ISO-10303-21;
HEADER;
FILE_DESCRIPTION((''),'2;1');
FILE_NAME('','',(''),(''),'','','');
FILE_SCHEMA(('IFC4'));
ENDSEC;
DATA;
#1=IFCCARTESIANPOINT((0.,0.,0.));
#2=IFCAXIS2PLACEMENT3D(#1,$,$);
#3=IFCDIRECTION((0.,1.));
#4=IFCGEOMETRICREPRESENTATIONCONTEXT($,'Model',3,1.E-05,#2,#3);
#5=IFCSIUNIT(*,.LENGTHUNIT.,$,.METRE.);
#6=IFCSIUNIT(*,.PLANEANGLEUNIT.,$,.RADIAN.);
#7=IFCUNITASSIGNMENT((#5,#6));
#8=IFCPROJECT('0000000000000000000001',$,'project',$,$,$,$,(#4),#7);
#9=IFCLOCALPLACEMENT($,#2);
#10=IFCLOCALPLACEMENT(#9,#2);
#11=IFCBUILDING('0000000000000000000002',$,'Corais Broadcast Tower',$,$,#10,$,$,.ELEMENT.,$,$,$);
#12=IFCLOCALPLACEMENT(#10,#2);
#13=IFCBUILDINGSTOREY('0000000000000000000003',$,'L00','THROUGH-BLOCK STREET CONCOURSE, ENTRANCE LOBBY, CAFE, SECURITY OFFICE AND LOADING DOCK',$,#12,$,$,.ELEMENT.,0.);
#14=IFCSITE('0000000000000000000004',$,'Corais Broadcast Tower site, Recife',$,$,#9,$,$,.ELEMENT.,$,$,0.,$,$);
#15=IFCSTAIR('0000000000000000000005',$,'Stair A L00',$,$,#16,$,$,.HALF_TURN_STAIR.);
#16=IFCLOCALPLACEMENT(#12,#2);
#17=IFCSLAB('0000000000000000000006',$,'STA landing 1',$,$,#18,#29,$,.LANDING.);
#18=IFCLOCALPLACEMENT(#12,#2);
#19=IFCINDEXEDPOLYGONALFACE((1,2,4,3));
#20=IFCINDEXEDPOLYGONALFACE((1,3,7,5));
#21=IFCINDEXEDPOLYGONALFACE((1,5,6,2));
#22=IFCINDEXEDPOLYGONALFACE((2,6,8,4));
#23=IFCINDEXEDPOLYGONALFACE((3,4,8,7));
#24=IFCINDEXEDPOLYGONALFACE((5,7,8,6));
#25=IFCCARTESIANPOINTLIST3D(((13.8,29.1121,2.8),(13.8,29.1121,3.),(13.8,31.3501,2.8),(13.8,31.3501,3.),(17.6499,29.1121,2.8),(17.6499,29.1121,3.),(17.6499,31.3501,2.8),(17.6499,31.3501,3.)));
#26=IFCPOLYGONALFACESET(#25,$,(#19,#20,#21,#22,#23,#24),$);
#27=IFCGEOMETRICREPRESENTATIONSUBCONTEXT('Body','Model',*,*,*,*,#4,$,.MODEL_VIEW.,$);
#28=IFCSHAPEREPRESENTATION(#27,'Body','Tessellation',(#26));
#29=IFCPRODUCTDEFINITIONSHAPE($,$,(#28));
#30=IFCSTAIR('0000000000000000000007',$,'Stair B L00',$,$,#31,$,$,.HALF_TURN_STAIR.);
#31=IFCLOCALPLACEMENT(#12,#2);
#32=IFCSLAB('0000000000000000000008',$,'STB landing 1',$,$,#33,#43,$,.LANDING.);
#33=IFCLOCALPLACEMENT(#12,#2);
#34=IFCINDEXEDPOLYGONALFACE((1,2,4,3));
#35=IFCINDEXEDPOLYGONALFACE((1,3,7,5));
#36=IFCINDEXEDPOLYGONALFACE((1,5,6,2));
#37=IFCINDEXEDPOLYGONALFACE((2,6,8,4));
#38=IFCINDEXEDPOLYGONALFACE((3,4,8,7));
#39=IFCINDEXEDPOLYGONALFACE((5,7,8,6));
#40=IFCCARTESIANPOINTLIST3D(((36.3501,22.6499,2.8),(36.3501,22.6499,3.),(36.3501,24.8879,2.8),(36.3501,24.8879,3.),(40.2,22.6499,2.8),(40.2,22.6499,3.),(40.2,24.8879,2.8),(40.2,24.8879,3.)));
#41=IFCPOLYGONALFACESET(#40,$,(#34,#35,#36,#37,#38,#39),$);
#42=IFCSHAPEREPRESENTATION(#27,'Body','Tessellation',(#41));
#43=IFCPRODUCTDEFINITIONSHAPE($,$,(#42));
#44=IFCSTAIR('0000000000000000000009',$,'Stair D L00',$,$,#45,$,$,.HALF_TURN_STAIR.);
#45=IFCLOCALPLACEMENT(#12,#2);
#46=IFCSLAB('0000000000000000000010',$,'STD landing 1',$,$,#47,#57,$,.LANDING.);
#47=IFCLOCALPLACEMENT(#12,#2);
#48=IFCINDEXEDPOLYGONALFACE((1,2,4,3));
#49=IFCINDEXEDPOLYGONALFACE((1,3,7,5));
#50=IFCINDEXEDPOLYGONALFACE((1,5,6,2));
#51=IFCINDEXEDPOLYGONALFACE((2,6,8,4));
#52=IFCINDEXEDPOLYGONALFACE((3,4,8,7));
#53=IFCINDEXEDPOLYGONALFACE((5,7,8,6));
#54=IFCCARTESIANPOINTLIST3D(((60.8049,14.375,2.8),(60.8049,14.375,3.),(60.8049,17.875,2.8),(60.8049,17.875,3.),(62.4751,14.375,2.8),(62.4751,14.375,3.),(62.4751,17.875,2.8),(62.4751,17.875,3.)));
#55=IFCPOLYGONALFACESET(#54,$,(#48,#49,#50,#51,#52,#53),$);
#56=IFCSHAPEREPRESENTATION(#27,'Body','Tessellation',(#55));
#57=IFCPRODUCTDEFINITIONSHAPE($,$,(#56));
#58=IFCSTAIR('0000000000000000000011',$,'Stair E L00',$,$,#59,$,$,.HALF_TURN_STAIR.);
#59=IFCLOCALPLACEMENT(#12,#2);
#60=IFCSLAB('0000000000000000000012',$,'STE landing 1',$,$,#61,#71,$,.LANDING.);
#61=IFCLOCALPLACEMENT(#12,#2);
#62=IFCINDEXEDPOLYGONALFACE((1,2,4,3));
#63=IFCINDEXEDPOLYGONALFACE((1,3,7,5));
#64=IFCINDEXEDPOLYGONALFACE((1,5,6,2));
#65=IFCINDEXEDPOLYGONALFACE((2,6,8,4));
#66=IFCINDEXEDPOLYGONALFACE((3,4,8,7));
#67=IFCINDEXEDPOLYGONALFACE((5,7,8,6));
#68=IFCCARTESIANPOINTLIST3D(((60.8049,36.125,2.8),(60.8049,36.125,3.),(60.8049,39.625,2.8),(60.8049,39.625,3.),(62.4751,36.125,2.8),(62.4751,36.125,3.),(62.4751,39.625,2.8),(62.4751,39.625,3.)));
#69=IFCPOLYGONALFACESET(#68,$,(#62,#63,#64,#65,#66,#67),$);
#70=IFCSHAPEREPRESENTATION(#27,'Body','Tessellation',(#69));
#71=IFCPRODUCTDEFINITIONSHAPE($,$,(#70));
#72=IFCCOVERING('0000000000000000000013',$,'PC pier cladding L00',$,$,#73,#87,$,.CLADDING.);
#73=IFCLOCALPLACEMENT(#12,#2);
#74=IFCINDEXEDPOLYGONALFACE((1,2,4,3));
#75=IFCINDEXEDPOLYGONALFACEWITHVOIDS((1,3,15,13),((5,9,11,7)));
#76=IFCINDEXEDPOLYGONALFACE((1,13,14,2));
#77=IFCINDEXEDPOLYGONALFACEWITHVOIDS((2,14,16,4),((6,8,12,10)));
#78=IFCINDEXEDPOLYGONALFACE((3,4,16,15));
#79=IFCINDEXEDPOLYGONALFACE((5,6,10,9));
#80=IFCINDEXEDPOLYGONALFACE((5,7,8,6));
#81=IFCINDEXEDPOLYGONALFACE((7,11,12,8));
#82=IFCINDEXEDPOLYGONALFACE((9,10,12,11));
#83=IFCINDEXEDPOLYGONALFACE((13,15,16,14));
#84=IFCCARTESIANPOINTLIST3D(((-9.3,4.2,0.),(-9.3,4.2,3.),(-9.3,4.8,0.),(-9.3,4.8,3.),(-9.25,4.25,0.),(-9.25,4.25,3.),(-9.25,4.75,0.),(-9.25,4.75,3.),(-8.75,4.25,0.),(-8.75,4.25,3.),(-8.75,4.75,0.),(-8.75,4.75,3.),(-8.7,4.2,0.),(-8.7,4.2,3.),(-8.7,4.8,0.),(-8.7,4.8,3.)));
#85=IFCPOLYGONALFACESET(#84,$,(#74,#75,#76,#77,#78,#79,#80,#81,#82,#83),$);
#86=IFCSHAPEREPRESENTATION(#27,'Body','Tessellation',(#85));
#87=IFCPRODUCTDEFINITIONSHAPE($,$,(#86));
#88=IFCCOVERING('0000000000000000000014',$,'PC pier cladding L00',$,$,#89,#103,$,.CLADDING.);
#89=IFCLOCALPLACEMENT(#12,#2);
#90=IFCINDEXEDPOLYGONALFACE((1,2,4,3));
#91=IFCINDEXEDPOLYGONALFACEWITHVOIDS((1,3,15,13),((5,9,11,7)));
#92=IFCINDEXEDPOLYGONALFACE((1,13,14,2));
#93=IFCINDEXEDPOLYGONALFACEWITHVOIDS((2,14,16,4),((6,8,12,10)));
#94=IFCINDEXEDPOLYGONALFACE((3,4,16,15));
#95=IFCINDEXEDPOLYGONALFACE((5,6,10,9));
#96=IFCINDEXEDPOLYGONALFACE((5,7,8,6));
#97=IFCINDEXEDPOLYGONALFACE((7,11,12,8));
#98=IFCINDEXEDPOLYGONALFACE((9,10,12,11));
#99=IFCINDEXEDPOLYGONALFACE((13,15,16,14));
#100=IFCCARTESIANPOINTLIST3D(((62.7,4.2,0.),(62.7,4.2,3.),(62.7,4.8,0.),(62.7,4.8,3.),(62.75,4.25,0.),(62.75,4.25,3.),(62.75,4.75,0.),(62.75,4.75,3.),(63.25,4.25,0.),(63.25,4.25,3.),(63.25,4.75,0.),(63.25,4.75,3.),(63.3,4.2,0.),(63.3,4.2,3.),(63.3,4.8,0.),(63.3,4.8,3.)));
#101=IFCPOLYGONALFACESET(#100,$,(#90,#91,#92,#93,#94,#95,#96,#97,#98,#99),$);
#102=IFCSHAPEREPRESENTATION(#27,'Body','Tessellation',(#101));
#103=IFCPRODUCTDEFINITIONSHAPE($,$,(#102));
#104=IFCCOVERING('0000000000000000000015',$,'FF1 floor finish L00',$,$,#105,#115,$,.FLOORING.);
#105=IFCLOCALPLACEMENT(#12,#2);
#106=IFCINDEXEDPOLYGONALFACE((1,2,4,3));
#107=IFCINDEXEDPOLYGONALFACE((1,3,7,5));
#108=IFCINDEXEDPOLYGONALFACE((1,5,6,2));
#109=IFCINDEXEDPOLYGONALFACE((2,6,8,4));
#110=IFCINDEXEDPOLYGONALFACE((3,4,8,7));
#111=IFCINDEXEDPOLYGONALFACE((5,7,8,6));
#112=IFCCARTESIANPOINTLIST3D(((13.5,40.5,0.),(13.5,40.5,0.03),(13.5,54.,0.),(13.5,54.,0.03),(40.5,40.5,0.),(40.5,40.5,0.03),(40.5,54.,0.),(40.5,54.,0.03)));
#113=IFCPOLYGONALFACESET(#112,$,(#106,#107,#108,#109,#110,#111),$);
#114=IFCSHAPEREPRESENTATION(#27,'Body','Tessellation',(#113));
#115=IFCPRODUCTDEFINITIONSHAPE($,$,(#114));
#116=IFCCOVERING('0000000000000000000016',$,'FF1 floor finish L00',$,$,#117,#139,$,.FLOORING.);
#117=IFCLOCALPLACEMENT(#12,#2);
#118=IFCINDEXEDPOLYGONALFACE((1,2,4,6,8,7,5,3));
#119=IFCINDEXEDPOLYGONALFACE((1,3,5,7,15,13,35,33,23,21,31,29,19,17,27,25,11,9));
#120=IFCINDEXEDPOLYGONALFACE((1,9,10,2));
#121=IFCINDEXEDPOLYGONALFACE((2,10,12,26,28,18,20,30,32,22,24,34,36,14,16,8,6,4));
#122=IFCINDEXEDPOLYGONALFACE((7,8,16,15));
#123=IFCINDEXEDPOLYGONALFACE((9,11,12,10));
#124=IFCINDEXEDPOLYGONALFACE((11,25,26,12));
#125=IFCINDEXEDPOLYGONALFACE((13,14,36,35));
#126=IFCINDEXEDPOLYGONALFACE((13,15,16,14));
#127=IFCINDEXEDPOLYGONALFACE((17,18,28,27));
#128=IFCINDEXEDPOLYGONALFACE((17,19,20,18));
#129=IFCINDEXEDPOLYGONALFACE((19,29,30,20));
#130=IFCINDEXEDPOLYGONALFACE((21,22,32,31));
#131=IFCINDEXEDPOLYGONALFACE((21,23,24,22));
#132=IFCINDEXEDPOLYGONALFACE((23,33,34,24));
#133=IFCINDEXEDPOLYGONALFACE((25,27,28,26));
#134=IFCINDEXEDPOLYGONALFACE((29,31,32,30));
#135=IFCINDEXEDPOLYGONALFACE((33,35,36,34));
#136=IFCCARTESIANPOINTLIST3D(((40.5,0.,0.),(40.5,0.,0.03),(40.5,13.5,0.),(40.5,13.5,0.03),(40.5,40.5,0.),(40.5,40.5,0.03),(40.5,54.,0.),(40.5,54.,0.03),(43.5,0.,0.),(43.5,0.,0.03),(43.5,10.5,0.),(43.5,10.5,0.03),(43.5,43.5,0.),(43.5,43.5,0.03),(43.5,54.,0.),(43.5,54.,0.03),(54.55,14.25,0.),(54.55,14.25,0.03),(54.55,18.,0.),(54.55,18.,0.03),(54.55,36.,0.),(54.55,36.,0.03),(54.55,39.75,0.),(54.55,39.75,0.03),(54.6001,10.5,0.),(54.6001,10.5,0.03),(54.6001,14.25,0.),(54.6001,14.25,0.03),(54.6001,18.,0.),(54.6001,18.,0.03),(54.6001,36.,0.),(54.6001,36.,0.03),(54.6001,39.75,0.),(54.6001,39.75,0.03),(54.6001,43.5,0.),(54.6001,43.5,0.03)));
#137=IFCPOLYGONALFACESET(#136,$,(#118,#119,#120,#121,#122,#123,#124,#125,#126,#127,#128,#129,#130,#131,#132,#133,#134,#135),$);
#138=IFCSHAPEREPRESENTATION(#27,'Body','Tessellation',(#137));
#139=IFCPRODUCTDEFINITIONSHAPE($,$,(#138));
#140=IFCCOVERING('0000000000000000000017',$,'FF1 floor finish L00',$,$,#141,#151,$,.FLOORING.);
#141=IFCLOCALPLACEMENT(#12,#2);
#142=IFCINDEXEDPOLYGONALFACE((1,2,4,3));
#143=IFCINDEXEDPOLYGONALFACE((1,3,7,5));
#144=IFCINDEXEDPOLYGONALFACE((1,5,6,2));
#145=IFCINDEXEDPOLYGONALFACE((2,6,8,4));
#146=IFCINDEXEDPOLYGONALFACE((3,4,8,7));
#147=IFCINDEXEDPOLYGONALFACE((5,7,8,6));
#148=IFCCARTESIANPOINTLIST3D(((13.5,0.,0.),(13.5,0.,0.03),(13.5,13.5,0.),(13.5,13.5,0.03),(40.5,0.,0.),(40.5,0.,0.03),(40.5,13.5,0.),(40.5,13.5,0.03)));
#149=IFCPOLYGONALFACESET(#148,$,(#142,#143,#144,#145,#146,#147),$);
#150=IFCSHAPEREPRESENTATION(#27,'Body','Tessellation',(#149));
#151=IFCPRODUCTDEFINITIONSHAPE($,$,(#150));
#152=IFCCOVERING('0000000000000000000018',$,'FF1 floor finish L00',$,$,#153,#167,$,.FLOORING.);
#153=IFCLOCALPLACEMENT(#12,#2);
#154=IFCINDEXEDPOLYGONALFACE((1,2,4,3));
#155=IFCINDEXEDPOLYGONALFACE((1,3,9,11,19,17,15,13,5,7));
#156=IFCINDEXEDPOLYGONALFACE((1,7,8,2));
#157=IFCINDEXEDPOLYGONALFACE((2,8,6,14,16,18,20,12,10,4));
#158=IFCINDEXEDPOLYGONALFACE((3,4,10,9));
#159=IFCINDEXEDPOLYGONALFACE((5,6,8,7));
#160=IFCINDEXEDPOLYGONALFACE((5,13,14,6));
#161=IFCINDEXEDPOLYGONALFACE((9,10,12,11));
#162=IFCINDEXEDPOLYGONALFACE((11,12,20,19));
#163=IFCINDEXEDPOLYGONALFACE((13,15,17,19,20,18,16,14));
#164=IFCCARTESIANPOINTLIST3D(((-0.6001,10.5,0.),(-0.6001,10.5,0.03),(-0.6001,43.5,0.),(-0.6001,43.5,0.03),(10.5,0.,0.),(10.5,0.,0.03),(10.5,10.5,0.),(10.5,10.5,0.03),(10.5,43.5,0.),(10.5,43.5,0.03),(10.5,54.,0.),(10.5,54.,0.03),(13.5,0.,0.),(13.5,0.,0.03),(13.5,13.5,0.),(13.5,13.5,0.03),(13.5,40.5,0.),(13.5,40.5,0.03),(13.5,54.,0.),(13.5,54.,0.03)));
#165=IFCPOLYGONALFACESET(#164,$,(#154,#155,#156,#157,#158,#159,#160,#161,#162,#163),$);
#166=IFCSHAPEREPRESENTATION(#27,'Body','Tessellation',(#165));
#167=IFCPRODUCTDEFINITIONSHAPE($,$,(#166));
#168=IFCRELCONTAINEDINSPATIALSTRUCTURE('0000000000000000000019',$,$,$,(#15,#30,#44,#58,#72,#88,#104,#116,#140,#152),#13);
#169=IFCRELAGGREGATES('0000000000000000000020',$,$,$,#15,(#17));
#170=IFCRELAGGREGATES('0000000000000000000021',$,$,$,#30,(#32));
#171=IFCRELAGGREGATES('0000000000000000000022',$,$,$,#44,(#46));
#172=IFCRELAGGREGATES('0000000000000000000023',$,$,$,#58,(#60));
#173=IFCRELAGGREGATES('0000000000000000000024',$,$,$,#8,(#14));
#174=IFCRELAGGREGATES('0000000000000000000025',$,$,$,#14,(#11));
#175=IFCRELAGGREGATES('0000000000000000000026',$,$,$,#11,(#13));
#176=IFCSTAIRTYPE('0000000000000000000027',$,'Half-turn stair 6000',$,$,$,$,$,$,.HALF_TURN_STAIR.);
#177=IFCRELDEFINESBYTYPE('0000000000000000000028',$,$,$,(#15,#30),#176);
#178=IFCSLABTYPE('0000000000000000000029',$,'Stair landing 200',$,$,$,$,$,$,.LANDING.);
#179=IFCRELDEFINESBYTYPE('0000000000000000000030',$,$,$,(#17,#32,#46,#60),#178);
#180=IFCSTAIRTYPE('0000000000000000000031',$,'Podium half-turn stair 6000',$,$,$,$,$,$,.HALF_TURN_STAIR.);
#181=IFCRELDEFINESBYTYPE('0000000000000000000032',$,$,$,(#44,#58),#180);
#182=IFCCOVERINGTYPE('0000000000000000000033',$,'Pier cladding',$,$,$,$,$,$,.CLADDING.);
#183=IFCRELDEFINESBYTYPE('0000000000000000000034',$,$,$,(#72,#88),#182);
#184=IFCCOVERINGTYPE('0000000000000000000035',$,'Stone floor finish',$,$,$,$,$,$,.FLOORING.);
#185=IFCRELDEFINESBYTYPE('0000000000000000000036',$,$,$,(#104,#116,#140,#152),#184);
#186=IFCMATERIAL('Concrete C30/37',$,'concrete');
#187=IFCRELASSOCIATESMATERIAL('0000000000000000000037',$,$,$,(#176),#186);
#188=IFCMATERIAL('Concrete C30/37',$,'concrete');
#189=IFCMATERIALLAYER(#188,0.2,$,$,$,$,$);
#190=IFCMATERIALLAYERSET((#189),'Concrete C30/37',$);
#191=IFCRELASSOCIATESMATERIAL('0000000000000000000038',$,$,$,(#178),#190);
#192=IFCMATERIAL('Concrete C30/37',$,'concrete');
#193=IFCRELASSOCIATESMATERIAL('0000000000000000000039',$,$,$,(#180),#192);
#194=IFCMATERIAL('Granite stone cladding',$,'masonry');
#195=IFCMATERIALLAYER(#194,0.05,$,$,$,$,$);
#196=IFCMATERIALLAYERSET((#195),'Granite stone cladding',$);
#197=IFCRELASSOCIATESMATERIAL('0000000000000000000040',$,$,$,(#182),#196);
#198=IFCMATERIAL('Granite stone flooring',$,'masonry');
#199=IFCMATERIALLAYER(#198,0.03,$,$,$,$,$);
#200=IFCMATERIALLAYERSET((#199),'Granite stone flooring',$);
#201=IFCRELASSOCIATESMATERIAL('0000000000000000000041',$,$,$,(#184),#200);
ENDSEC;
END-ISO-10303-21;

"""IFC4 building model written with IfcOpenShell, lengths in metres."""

from ifc_helpers import new_model, si_unit, direction, frame, origin, place, context, subcontext, project, spatial, polyline, outline, extrude, material, layer, layer_set, type_object, element, aggregate, save


model = new_model("IFC4")

# Units and contexts
model_context = context("Model", 3, precision=1e-05, world=origin(), true_north=direction((0.0, 1.0)))
body_context = subcontext(model_context, "Body", "Model", "MODEL_VIEW")
ifc_project = project(units=[si_unit("LENGTHUNIT", "METRE"), si_unit("PLANEANGLEUNIT", "RADIAN")], contexts=[model_context])

# Site, building, storey
site_placement = place(None, origin())
site = spatial("IfcSite", under=ifc_project, at=site_placement, Name="Corais Broadcast Tower site, Recife", CompositionType="ELEMENT", RefElevation=0.0)
building_placement = place(site_placement, origin())
building = spatial("IfcBuilding", under=site, at=building_placement, Name="Corais Broadcast Tower", CompositionType="ELEMENT")
storey_placement = place(building_placement, origin())
storey = spatial("IfcBuildingStorey", under=building, at=storey_placement, Name="L00", Description="THROUGH-BLOCK STREET CONCOURSE, ENTRANCE LOBBY, CAFE, SECURITY OFFICE AND LOADING DOCK", CompositionType="ELEMENT", Elevation=0.0)

# Stairs, slabs
ifc_material_1 = material(Name="Concrete C30/37", Category="concrete")
stair_type_1 = type_object("IfcStairType", Name="Half-turn stair 6000", PredefinedType="HALF_TURN_STAIR", material=ifc_material_1)
stair_1_placement = place(storey_placement, origin())
stair_1 = element("IfcStair", 1, at=stair_1_placement, inside=storey, type_object=stair_type_1, Name="Stair A L00", PredefinedType="HALF_TURN_STAIR")
ifc_material_2 = material(Name="Concrete C30/37", Category="concrete")
ifc_layer_1 = layer(ifc_material_2, 0.2)
ifc_layer_set_1 = layer_set([ifc_layer_1], Name="Concrete C30/37")
slab_type_1 = type_object("IfcSlabType", Name="Stair landing 200", PredefinedType="LANDING", material=ifc_layer_set_1)
slab_1_placement = place(storey_placement, frame((0.0, 0.0, 2.8)))
slab_1 = element("IfcSlab", 2, at=slab_1_placement, type_object=slab_type_1, Name="STA landing 1", PredefinedType="LANDING", context=body_context, shape_type="SweptSolid", body=[
    extrude(outline(polyline([(13.8, 29.1121), (17.6499, 29.1121), (17.6499, 31.3501), (13.8, 31.3501), (13.8, 29.1121)])), origin(), (0.0, 0.0, 1.0), 0.2),
])
aggregate(stair_1, [slab_1])
stair_2_placement = place(storey_placement, origin())
stair_2 = element("IfcStair", 3, at=stair_2_placement, inside=storey, type_object=stair_type_1, Name="Stair B L00", PredefinedType="HALF_TURN_STAIR")
slab_2_placement = place(storey_placement, frame((0.0, 0.0, 2.8)))
slab_2 = element("IfcSlab", 4, at=slab_2_placement, type_object=slab_type_1, Name="STB landing 1", PredefinedType="LANDING", context=body_context, shape_type="SweptSolid", body=[
    extrude(outline(polyline([(36.3501, 22.6499), (40.2, 22.6499), (40.2, 24.8879), (36.3501, 24.8879), (36.3501, 22.6499)])), origin(), (0.0, 0.0, 1.0), 0.2),
])
aggregate(stair_2, [slab_2])
ifc_material_3 = material(Name="Concrete C30/37", Category="concrete")
stair_type_2 = type_object("IfcStairType", Name="Podium half-turn stair 6000", PredefinedType="HALF_TURN_STAIR", material=ifc_material_3)
stair_3_placement = place(storey_placement, origin())
stair_3 = element("IfcStair", 5, at=stair_3_placement, inside=storey, type_object=stair_type_2, Name="Stair D L00", PredefinedType="HALF_TURN_STAIR")
slab_3_placement = place(storey_placement, frame((0.0, 0.0, 2.8)))
slab_3 = element("IfcSlab", 6, at=slab_3_placement, type_object=slab_type_1, Name="STD landing 1", PredefinedType="LANDING", context=body_context, shape_type="SweptSolid", body=[
    extrude(outline(polyline([(60.8049, 14.375), (62.4751, 14.375), (62.4751, 17.875), (60.8049, 17.875), (60.8049, 14.375)])), origin(), (0.0, 0.0, 1.0), 0.2),
])
aggregate(stair_3, [slab_3])
stair_4_placement = place(storey_placement, origin())
stair_4 = element("IfcStair", 7, at=stair_4_placement, inside=storey, type_object=stair_type_2, Name="Stair E L00", PredefinedType="HALF_TURN_STAIR")
slab_4_placement = place(storey_placement, frame((0.0, 0.0, 2.8)))
slab_4 = element("IfcSlab", 8, at=slab_4_placement, type_object=slab_type_1, Name="STE landing 1", PredefinedType="LANDING", context=body_context, shape_type="SweptSolid", body=[
    extrude(outline(polyline([(60.8049, 36.125), (62.4751, 36.125), (62.4751, 39.625), (60.8049, 39.625), (60.8049, 36.125)])), origin(), (0.0, 0.0, 1.0), 0.2),
])
aggregate(stair_4, [slab_4])

# Coverings
ifc_material_4 = material(Name="Granite stone cladding", Category="masonry")
ifc_layer_2 = layer(ifc_material_4, 0.05)
ifc_layer_set_2 = layer_set([ifc_layer_2], Name="Granite stone cladding")
covering_type_1 = type_object("IfcCoveringType", Name="Pier cladding", PredefinedType="CLADDING", material=ifc_layer_set_2)
covering_1_placement = place(storey_placement, origin())
element("IfcCovering", 9, at=covering_1_placement, inside=storey, type_object=covering_type_1, Name="PC pier cladding L00", PredefinedType="CLADDING", context=body_context, shape_type="SweptSolid", body=[
    extrude(outline(polyline([(-9.3, 4.2), (-8.7, 4.2), (-8.7, 4.8), (-9.3, 4.8), (-9.3, 4.2)]), holes=[polyline([(-9.25, 4.25), (-8.75, 4.25), (-8.75, 4.75), (-9.25, 4.75), (-9.25, 4.25)])]), origin(), (0.0, 0.0, 1.0), 3.0),
])
covering_2_placement = place(storey_placement, origin())
element("IfcCovering", 10, at=covering_2_placement, inside=storey, type_object=covering_type_1, Name="PC pier cladding L00", PredefinedType="CLADDING", context=body_context, shape_type="SweptSolid", body=[
    extrude(outline(polyline([(62.7, 4.2), (63.3, 4.2), (63.3, 4.8), (62.7, 4.8), (62.7, 4.2)]), holes=[polyline([(62.75, 4.25), (63.25, 4.25), (63.25, 4.75), (62.75, 4.75), (62.75, 4.25)])]), origin(), (0.0, 0.0, 1.0), 3.0),
])
ifc_material_5 = material(Name="Granite stone flooring", Category="masonry")
ifc_layer_3 = layer(ifc_material_5, 0.03)
ifc_layer_set_3 = layer_set([ifc_layer_3], Name="Granite stone flooring")
covering_type_2 = type_object("IfcCoveringType", Name="Stone floor finish", PredefinedType="FLOORING", material=ifc_layer_set_3)
covering_3_placement = place(storey_placement, origin())
element("IfcCovering", 11, at=covering_3_placement, inside=storey, type_object=covering_type_2, Name="FF1 floor finish L00", PredefinedType="FLOORING", context=body_context, shape_type="SweptSolid", body=[
    extrude(outline(polyline([(40.5, 54.0), (40.5, 40.5), (13.5, 40.5), (13.5, 54.0), (40.5, 54.0)])), origin(), (0.0, 0.0, 1.0), 0.03),
])
covering_4_placement = place(storey_placement, origin())
element("IfcCovering", 12, at=covering_4_placement, inside=storey, type_object=covering_type_2, Name="FF1 floor finish L00", PredefinedType="FLOORING", context=body_context, shape_type="SweptSolid", body=[
    extrude(outline(polyline([(43.5, 43.5), (54.6001, 43.5), (54.6001, 39.75), (54.55, 39.75), (54.55, 36.0), (54.6001, 36.0), (54.6001, 18.0), (54.55, 18.0), (54.55, 14.25), (54.6001, 14.25), (54.6001, 10.5), (43.5, 10.5), (43.5, 0.0), (40.5, 0.0), (40.5, 13.5), (40.5, 40.5), (40.5, 54.0), (43.5, 54.0), (43.5, 43.5)])), origin(), (0.0, 0.0, 1.0), 0.03),
])
covering_5_placement = place(storey_placement, origin())
element("IfcCovering", 13, at=covering_5_placement, inside=storey, type_object=covering_type_2, Name="FF1 floor finish L00", PredefinedType="FLOORING", context=body_context, shape_type="SweptSolid", body=[
    extrude(outline(polyline([(13.5, 0.0), (13.5, 13.5), (40.5, 13.5), (40.5, 0.0), (13.5, 0.0)])), origin(), (0.0, 0.0, 1.0), 0.03),
])
covering_6_placement = place(storey_placement, origin())
element("IfcCovering", 14, at=covering_6_placement, inside=storey, type_object=covering_type_2, Name="FF1 floor finish L00", PredefinedType="FLOORING", context=body_context, shape_type="SweptSolid", body=[
    extrude(outline(polyline([(10.5, 0.0), (10.5, 10.5), (-0.6001, 10.5), (-0.6001, 43.5), (10.5, 43.5), (10.5, 54.0), (13.5, 54.0), (13.5, 40.5), (13.5, 13.5), (13.5, 0.0), (10.5, 0.0)])), origin(), (0.0, 0.0, 1.0), 0.03),
])

save(model, "model.ifc")
